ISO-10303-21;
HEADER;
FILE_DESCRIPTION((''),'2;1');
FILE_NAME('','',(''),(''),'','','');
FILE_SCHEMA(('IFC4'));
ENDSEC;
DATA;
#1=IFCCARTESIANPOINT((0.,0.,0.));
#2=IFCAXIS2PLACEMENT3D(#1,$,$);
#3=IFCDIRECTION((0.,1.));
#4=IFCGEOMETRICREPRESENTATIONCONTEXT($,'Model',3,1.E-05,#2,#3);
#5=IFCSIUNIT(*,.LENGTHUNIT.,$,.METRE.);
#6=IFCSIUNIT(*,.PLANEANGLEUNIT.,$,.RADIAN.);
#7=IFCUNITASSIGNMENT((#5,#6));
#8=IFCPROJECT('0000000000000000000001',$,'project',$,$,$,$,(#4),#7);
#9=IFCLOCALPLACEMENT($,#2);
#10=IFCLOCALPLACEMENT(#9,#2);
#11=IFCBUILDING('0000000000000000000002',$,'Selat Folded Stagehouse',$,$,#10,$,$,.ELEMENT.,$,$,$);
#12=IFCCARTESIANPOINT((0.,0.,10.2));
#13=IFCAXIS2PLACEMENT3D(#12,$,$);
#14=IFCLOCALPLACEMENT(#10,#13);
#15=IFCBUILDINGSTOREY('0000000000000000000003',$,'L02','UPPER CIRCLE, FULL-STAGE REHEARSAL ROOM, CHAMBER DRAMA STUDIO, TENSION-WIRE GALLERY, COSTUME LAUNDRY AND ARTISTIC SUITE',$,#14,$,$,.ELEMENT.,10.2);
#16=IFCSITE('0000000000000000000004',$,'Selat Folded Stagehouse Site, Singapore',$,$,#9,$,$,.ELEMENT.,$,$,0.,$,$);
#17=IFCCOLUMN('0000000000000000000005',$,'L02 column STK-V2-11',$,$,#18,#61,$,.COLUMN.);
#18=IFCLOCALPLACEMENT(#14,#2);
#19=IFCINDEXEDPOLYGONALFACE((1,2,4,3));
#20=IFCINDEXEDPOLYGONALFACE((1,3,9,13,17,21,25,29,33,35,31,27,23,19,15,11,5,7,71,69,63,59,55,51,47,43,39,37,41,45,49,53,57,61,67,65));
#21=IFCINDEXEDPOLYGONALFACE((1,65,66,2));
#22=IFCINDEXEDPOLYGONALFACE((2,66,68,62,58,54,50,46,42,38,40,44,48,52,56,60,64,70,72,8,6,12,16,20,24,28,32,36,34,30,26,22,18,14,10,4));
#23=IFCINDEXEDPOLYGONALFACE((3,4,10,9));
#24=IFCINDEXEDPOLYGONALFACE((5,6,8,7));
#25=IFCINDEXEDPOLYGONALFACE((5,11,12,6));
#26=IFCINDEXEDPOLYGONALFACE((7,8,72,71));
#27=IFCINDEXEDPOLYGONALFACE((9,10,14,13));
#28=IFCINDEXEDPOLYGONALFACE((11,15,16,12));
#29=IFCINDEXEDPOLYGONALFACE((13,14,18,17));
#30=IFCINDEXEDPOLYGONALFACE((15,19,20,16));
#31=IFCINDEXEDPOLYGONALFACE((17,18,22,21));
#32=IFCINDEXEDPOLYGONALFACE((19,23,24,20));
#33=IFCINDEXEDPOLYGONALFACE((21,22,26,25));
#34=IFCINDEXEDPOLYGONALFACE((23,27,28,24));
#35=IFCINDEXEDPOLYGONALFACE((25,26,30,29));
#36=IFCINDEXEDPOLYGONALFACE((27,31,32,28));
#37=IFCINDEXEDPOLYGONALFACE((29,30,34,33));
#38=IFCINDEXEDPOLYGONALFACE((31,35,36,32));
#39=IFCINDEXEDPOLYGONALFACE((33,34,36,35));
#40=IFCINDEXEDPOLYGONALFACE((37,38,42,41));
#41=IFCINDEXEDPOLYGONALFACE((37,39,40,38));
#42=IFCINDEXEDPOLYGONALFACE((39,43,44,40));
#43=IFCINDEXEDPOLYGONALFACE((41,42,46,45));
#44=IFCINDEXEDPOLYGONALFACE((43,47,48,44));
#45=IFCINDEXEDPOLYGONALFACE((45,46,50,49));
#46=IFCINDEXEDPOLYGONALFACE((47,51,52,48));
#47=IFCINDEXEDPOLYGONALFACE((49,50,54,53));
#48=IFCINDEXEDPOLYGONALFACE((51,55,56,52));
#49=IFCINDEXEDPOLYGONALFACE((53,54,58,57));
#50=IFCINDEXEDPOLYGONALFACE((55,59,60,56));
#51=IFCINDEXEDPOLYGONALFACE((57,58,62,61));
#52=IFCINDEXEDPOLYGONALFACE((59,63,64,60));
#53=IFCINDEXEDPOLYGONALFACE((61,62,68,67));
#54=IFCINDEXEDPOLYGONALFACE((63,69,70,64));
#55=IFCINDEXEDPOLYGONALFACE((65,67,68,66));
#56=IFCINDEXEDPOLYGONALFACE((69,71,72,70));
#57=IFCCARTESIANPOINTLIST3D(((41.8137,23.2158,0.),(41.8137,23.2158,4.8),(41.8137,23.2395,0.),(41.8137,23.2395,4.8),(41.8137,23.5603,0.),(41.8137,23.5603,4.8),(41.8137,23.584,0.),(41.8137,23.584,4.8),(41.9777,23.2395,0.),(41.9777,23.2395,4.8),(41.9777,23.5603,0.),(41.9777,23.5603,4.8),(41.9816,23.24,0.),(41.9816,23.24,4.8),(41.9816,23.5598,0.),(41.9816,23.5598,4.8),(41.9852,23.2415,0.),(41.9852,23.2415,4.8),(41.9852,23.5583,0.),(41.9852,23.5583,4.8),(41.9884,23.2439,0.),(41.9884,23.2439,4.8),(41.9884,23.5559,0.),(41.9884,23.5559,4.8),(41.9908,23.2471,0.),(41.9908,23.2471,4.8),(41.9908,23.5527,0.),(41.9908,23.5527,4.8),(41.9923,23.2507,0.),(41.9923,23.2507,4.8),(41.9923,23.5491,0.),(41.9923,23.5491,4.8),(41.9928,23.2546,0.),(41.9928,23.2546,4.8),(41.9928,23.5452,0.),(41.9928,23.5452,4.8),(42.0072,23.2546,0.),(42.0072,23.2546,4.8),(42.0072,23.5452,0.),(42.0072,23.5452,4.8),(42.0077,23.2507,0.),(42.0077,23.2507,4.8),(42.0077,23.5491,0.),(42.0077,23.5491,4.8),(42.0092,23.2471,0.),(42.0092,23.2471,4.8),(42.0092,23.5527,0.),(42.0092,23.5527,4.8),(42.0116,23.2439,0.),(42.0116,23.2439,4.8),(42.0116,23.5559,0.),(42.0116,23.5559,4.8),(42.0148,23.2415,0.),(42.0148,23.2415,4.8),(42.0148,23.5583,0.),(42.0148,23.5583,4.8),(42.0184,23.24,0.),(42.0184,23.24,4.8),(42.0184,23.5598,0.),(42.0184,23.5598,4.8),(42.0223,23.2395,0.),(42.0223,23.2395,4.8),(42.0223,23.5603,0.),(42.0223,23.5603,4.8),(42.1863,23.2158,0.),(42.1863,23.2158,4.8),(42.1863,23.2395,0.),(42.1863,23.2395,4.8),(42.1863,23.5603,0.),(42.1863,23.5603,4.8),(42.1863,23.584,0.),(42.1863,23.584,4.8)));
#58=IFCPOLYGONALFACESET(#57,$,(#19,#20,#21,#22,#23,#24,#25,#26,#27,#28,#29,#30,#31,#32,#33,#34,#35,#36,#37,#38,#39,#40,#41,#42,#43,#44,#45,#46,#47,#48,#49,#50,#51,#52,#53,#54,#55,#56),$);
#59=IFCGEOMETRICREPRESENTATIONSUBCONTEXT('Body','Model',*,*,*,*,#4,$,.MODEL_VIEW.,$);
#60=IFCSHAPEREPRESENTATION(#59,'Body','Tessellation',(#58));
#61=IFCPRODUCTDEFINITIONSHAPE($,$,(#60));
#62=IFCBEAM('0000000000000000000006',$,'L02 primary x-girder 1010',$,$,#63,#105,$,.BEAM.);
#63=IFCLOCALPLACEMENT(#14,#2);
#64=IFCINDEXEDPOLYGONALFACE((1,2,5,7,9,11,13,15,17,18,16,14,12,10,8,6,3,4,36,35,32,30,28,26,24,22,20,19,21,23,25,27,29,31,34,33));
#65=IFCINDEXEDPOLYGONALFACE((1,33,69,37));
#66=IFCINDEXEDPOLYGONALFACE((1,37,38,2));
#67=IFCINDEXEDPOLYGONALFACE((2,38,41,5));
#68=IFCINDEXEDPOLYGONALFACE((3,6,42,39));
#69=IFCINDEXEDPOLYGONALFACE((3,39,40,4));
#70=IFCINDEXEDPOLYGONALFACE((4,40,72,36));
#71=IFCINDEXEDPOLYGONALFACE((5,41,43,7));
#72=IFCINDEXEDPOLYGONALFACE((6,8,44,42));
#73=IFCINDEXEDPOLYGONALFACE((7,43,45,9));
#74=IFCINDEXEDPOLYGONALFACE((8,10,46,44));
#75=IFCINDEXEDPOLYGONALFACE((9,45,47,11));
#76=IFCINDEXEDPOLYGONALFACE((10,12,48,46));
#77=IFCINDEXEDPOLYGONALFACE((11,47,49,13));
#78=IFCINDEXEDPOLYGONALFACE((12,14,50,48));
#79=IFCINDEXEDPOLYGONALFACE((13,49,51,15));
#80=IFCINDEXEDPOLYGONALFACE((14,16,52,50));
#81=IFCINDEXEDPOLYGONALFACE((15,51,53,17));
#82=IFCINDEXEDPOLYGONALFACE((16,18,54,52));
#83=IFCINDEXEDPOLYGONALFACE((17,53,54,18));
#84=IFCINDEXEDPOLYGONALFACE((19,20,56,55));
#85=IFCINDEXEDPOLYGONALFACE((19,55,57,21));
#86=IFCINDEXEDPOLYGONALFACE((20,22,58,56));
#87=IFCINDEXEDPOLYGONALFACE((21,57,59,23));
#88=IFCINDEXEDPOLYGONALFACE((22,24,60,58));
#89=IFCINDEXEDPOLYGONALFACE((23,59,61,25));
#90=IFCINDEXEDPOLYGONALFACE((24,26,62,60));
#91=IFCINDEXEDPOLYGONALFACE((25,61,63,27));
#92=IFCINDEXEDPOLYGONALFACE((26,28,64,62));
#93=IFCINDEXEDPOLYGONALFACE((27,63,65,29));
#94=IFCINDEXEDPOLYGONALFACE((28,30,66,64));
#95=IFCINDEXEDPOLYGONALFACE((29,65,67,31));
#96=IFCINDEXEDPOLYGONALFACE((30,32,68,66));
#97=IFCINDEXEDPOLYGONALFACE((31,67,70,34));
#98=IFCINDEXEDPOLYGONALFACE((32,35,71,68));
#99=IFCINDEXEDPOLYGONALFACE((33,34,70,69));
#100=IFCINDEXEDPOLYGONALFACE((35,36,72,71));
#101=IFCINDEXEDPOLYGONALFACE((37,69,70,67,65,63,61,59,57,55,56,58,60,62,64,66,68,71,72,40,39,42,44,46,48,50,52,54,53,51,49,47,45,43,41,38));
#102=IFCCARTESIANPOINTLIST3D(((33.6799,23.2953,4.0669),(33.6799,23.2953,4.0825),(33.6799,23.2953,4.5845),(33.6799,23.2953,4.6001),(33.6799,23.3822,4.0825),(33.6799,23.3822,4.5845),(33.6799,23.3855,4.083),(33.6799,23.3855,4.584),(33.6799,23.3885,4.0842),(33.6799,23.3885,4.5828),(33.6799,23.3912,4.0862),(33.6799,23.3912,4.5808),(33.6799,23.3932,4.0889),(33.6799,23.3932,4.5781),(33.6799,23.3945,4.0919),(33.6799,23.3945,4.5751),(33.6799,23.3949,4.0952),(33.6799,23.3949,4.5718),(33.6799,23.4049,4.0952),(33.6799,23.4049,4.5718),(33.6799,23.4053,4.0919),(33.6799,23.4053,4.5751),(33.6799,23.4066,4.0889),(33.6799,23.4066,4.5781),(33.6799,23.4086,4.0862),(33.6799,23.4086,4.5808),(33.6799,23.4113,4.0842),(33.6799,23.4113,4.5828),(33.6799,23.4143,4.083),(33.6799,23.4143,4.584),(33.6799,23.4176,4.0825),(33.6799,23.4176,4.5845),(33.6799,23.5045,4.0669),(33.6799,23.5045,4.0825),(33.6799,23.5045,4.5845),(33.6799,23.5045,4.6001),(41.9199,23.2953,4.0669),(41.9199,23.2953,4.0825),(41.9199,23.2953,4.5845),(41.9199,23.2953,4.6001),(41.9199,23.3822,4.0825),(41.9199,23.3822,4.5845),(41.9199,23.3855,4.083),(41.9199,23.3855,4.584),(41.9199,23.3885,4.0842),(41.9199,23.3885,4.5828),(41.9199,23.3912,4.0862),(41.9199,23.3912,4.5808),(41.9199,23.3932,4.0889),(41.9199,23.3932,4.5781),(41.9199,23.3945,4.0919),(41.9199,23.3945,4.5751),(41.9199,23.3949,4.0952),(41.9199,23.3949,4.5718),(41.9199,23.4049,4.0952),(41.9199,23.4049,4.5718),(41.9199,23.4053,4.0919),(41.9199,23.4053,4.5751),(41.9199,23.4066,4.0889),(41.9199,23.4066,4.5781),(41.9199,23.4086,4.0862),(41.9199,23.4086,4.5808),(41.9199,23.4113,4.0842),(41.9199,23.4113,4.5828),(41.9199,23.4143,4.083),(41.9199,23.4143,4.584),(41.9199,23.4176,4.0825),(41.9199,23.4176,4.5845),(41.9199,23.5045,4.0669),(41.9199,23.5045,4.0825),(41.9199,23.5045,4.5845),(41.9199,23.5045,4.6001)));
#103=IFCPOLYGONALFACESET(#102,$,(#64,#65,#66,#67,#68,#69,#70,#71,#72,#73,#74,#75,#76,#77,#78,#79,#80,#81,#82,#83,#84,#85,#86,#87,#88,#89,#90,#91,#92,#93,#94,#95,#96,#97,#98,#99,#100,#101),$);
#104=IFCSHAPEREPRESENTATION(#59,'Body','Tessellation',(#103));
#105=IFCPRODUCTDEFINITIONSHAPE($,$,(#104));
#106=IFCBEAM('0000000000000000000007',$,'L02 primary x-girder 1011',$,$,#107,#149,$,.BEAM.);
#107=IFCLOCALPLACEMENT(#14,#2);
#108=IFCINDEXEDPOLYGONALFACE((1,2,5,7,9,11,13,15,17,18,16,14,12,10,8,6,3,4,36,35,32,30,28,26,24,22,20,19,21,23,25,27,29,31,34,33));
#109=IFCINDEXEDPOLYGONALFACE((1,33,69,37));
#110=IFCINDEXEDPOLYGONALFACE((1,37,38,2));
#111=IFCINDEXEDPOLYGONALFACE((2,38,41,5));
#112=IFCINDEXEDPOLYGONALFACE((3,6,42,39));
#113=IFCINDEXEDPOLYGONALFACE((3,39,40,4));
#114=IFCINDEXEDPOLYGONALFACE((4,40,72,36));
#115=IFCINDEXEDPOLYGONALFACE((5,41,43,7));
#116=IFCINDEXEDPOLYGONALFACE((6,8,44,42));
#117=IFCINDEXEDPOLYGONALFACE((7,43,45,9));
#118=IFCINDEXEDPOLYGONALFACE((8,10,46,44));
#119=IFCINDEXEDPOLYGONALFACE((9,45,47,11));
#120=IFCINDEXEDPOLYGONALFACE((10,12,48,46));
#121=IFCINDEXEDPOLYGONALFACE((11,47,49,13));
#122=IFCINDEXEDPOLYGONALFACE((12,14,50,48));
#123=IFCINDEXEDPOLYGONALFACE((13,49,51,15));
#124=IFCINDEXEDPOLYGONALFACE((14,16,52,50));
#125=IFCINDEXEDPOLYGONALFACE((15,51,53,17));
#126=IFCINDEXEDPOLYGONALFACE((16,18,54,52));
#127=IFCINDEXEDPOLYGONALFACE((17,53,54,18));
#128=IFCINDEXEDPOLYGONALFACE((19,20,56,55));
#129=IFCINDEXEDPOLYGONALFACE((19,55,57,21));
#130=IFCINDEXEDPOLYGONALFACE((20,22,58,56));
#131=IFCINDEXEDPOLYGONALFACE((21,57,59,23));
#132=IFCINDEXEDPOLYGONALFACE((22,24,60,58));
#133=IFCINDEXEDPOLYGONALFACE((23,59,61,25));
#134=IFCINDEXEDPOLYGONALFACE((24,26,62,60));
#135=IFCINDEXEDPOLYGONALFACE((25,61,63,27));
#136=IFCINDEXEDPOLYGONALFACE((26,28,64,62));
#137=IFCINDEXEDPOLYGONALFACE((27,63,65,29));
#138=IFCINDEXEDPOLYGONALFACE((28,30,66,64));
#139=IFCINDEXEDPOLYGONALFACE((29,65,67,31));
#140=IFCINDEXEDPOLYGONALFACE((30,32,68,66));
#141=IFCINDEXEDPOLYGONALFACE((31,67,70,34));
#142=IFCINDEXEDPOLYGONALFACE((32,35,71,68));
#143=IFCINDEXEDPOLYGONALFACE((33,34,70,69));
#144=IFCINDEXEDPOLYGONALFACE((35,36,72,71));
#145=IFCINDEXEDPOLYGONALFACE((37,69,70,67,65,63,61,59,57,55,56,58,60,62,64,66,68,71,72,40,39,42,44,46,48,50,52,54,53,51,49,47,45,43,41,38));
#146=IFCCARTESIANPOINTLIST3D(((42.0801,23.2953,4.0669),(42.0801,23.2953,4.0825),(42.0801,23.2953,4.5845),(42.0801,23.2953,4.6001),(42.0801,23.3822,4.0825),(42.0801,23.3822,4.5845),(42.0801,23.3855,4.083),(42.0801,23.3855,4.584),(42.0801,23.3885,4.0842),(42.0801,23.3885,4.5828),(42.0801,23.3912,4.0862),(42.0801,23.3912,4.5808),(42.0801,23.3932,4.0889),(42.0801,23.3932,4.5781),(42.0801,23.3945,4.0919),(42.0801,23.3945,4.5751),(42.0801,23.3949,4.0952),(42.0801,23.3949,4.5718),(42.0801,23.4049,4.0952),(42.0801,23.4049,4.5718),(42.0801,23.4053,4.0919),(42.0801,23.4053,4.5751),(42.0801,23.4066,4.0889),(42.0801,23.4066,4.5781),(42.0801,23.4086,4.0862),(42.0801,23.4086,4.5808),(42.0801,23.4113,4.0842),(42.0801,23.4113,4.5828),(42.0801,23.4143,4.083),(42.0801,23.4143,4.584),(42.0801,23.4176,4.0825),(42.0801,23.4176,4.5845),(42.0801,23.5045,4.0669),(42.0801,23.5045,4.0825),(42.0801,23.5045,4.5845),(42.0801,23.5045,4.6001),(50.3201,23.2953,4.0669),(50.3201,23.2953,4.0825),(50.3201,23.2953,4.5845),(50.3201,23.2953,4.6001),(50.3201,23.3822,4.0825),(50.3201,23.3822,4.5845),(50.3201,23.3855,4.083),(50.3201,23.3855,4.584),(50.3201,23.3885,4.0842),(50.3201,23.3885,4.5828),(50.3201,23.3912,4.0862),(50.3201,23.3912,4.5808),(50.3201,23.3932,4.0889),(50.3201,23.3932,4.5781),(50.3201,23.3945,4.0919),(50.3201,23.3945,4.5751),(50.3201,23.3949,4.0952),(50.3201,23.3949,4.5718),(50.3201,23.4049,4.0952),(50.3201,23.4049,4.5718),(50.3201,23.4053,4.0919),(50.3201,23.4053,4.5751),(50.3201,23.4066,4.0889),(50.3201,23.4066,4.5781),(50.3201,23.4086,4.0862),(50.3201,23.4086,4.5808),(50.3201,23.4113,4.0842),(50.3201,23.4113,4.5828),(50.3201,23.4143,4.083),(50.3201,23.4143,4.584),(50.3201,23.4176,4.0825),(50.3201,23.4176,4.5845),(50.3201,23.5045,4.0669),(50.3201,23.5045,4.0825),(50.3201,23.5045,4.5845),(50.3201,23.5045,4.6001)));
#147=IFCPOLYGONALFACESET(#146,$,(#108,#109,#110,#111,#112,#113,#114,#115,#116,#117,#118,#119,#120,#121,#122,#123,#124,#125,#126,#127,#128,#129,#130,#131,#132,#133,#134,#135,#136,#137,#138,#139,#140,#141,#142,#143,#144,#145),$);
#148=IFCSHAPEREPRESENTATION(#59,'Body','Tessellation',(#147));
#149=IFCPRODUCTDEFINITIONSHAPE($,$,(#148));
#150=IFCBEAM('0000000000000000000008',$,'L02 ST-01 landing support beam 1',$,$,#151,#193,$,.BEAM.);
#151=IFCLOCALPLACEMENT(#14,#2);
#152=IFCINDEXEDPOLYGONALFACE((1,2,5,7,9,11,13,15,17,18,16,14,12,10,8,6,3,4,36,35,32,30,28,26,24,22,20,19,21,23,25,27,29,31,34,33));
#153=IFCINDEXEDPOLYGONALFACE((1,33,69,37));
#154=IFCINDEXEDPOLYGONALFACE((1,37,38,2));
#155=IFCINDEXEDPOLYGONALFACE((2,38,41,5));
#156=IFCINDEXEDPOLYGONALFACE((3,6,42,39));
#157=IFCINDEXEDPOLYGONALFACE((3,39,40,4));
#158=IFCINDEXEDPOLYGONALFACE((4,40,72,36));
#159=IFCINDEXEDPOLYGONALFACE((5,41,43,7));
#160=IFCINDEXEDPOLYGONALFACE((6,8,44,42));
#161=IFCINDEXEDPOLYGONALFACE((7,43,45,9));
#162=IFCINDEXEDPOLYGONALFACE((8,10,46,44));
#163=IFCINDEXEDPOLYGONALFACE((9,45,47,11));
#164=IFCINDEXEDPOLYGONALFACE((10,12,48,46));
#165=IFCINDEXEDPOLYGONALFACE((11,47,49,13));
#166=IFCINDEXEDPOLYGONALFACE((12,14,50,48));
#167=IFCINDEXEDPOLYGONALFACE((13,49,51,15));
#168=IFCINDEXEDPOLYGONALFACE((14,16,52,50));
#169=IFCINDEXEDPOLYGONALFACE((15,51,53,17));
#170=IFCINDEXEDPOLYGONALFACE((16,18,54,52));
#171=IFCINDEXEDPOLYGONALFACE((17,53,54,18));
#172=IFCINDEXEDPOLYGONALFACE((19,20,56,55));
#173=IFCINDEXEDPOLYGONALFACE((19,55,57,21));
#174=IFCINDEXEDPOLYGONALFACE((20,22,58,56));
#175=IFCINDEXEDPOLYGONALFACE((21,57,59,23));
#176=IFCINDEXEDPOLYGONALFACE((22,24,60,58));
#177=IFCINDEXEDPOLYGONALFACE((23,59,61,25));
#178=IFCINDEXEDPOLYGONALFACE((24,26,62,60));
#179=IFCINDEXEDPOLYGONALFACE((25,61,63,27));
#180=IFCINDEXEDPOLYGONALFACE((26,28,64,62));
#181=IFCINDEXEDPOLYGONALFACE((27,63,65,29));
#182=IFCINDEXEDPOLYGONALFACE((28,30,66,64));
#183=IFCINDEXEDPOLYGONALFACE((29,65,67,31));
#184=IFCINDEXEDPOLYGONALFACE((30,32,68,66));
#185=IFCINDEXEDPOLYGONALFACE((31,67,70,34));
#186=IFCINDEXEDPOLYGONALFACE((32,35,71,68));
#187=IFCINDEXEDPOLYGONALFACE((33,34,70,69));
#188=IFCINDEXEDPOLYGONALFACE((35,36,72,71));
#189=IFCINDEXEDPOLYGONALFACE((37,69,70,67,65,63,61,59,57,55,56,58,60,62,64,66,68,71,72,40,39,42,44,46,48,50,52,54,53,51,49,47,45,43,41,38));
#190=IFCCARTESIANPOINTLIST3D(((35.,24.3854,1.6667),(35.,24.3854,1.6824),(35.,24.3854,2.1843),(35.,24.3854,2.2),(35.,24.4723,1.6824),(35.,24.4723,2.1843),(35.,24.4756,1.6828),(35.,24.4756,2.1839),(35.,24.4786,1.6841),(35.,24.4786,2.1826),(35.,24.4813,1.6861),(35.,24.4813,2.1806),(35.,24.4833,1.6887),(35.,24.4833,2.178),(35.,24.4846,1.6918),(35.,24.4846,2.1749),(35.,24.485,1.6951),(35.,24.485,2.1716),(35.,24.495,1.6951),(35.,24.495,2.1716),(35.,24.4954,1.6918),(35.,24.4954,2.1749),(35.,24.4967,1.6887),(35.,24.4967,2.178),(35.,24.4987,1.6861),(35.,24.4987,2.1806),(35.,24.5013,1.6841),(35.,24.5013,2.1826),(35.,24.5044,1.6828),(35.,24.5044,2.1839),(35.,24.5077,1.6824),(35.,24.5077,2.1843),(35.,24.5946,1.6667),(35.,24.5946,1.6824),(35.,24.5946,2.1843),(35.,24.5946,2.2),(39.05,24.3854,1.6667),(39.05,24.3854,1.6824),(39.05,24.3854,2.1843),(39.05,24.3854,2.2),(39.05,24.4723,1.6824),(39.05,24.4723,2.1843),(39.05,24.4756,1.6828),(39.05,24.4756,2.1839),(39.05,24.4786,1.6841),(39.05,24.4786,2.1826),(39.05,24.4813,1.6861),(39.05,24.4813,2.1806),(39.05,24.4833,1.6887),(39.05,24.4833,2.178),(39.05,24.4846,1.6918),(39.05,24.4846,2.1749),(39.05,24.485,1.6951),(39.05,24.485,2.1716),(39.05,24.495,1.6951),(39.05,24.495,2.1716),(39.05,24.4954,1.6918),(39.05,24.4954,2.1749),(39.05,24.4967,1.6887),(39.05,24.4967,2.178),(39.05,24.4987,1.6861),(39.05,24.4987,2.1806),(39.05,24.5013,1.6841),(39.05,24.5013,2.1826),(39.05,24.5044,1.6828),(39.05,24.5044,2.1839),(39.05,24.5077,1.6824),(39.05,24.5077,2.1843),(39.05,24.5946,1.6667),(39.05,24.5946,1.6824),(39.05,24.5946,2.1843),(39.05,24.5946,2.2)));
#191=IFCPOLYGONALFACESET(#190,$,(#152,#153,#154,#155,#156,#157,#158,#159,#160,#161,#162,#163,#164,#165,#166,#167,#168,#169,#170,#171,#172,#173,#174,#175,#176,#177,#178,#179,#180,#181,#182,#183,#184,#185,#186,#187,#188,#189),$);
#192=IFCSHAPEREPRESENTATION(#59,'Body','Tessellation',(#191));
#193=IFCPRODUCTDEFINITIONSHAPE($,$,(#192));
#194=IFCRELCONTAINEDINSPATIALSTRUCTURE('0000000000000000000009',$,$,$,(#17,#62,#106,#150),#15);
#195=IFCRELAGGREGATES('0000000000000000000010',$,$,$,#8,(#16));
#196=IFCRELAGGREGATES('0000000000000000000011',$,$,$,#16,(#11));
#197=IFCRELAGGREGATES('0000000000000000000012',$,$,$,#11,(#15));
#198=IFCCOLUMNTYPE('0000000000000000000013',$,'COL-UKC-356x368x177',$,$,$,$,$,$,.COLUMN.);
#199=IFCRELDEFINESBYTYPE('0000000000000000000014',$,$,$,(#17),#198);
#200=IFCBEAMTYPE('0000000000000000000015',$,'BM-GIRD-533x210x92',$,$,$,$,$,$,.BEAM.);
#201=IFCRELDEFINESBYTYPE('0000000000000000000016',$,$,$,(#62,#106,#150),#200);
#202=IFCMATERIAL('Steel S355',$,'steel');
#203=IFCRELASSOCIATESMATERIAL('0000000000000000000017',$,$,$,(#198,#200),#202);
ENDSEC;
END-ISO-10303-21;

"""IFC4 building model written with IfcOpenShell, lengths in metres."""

from ifc_helpers import new_model, si_unit, direction, frame, origin, origin_2d, place, context, subcontext, project, spatial, i_section, extrude, material, material_profile, profile_set, type_object, element, save


model = new_model("IFC4")

# Units and contexts
model_context = context("Model", 3, precision=1e-05, world=origin(), true_north=direction((0.0, 1.0)))
body_context = subcontext(model_context, "Body", "Model", "MODEL_VIEW")
ifc_project = project(units=[si_unit("LENGTHUNIT", "METRE"), si_unit("PLANEANGLEUNIT", "RADIAN")], contexts=[model_context])

# Site, building, storey
site_placement = place(None, origin())
site = spatial("IfcSite", under=ifc_project, at=site_placement, Name="Selat Folded Stagehouse Site, Singapore", CompositionType="ELEMENT", RefElevation=0.0)
building_placement = place(site_placement, origin())
building = spatial("IfcBuilding", under=site, at=building_placement, Name="Selat Folded Stagehouse", CompositionType="ELEMENT")
storey_placement = place(building_placement, frame((0.0, 0.0, 10.2)))
storey = spatial("IfcBuildingStorey", under=building, at=storey_placement, Name="L02", Description="UPPER CIRCLE, FULL-STAGE REHEARSAL ROOM, CHAMBER DRAMA STUDIO, TENSION-WIRE GALLERY, COSTUME LAUNDRY AND ARTISTIC SUITE", CompositionType="ELEMENT", Elevation=10.2)

# Column
ifc_material_1 = material(Name="Steel S355", Category="steel")
ifc_material_profile_1 = material_profile(ifc_material_1, i_section(OverallWidth=0.3726, OverallDepth=0.3682, WebThickness=0.0144, FlangeThickness=0.0237, FilletRadius=0.0151, at=origin_2d()), Name="UKC 356x368x177")
ifc_profile_set_1 = profile_set([ifc_material_profile_1], Name="Steel S355")
column_type = type_object("IfcColumnType", Name="COL-UKC-356x368x177", PredefinedType="COLUMN", material=ifc_profile_set_1)
column_placement = place(storey_placement, frame((42.0, 23.3999, 0.0), z_axis=(0.0, 0.0, 1.0), x_axis=(1.0, 0.0, 0.0)))
element("IfcColumn", 1, at=column_placement, inside=storey, type_object=column_type, Name="L02 column STK-V2-11", PredefinedType="COLUMN", context=body_context, shape_type="SweptSolid", body=[
    extrude(i_section(OverallWidth=0.3726, OverallDepth=0.3682, WebThickness=0.0144, FlangeThickness=0.0237, FilletRadius=0.0151, at=origin_2d()), origin(), (0.0, 0.0, 1.0), 4.8),
])

# Beams
ifc_material_profile_2 = material_profile(ifc_material_1, i_section(OverallWidth=0.2092, OverallDepth=0.5332, WebThickness=0.01, FlangeThickness=0.0156, FilletRadius=0.0127, at=origin_2d()), Name="UKB 533x210x92")
ifc_profile_set_2 = profile_set([ifc_material_profile_2], Name="Steel S355")
beam_type_1 = type_object("IfcBeamType", Name="BM-GIRD-533x210x92", PredefinedType="BEAM", material=ifc_profile_set_2)
for number, where, z_axis, x_axis, name in (
    (2, (33.6799, 23.3999, 4.3335), (1.0, 0.0, 0.0), (0.0, 1.0, 0.0), "L02 primary x-girder 1010"),
    (3, (42.0801, 23.3999, 4.3335), (1.0, 0.0, 0.0), (0.0, 1.0, 0.0), "L02 primary x-girder 1011"),
):
    element("IfcBeam", number, at=place(storey_placement, frame(where, z_axis=z_axis, x_axis=x_axis)), inside=storey, type_object=beam_type_1, Name=name, PredefinedType="BEAM", context=body_context, shape_type="SweptSolid", body=[
        extrude(i_section(OverallWidth=0.2092, OverallDepth=0.5332, WebThickness=0.01, FlangeThickness=0.0156, FilletRadius=0.0127, at=origin_2d()), origin(), (0.0, 0.0, 1.0), 8.24),
    ])
for number, where, z_axis, x_axis, name in (
    (4, (35.0, 24.49, 1.9333), (1.0, 0.0, 0.0), (0.0, 1.0, 0.0), "L02 ST-01 landing support beam 1"),
):
    element("IfcBeam", number, at=place(storey_placement, frame(where, z_axis=z_axis, x_axis=x_axis)), inside=storey, type_object=beam_type_1, Name=name, PredefinedType="BEAM", context=body_context, shape_type="SweptSolid", body=[
        extrude(i_section(OverallWidth=0.2092, OverallDepth=0.5332, WebThickness=0.01, FlangeThickness=0.0156, FilletRadius=0.0127, at=origin_2d()), origin(), (0.0, 0.0, 1.0), 4.05),
    ])

save(model, "model.ifc")
